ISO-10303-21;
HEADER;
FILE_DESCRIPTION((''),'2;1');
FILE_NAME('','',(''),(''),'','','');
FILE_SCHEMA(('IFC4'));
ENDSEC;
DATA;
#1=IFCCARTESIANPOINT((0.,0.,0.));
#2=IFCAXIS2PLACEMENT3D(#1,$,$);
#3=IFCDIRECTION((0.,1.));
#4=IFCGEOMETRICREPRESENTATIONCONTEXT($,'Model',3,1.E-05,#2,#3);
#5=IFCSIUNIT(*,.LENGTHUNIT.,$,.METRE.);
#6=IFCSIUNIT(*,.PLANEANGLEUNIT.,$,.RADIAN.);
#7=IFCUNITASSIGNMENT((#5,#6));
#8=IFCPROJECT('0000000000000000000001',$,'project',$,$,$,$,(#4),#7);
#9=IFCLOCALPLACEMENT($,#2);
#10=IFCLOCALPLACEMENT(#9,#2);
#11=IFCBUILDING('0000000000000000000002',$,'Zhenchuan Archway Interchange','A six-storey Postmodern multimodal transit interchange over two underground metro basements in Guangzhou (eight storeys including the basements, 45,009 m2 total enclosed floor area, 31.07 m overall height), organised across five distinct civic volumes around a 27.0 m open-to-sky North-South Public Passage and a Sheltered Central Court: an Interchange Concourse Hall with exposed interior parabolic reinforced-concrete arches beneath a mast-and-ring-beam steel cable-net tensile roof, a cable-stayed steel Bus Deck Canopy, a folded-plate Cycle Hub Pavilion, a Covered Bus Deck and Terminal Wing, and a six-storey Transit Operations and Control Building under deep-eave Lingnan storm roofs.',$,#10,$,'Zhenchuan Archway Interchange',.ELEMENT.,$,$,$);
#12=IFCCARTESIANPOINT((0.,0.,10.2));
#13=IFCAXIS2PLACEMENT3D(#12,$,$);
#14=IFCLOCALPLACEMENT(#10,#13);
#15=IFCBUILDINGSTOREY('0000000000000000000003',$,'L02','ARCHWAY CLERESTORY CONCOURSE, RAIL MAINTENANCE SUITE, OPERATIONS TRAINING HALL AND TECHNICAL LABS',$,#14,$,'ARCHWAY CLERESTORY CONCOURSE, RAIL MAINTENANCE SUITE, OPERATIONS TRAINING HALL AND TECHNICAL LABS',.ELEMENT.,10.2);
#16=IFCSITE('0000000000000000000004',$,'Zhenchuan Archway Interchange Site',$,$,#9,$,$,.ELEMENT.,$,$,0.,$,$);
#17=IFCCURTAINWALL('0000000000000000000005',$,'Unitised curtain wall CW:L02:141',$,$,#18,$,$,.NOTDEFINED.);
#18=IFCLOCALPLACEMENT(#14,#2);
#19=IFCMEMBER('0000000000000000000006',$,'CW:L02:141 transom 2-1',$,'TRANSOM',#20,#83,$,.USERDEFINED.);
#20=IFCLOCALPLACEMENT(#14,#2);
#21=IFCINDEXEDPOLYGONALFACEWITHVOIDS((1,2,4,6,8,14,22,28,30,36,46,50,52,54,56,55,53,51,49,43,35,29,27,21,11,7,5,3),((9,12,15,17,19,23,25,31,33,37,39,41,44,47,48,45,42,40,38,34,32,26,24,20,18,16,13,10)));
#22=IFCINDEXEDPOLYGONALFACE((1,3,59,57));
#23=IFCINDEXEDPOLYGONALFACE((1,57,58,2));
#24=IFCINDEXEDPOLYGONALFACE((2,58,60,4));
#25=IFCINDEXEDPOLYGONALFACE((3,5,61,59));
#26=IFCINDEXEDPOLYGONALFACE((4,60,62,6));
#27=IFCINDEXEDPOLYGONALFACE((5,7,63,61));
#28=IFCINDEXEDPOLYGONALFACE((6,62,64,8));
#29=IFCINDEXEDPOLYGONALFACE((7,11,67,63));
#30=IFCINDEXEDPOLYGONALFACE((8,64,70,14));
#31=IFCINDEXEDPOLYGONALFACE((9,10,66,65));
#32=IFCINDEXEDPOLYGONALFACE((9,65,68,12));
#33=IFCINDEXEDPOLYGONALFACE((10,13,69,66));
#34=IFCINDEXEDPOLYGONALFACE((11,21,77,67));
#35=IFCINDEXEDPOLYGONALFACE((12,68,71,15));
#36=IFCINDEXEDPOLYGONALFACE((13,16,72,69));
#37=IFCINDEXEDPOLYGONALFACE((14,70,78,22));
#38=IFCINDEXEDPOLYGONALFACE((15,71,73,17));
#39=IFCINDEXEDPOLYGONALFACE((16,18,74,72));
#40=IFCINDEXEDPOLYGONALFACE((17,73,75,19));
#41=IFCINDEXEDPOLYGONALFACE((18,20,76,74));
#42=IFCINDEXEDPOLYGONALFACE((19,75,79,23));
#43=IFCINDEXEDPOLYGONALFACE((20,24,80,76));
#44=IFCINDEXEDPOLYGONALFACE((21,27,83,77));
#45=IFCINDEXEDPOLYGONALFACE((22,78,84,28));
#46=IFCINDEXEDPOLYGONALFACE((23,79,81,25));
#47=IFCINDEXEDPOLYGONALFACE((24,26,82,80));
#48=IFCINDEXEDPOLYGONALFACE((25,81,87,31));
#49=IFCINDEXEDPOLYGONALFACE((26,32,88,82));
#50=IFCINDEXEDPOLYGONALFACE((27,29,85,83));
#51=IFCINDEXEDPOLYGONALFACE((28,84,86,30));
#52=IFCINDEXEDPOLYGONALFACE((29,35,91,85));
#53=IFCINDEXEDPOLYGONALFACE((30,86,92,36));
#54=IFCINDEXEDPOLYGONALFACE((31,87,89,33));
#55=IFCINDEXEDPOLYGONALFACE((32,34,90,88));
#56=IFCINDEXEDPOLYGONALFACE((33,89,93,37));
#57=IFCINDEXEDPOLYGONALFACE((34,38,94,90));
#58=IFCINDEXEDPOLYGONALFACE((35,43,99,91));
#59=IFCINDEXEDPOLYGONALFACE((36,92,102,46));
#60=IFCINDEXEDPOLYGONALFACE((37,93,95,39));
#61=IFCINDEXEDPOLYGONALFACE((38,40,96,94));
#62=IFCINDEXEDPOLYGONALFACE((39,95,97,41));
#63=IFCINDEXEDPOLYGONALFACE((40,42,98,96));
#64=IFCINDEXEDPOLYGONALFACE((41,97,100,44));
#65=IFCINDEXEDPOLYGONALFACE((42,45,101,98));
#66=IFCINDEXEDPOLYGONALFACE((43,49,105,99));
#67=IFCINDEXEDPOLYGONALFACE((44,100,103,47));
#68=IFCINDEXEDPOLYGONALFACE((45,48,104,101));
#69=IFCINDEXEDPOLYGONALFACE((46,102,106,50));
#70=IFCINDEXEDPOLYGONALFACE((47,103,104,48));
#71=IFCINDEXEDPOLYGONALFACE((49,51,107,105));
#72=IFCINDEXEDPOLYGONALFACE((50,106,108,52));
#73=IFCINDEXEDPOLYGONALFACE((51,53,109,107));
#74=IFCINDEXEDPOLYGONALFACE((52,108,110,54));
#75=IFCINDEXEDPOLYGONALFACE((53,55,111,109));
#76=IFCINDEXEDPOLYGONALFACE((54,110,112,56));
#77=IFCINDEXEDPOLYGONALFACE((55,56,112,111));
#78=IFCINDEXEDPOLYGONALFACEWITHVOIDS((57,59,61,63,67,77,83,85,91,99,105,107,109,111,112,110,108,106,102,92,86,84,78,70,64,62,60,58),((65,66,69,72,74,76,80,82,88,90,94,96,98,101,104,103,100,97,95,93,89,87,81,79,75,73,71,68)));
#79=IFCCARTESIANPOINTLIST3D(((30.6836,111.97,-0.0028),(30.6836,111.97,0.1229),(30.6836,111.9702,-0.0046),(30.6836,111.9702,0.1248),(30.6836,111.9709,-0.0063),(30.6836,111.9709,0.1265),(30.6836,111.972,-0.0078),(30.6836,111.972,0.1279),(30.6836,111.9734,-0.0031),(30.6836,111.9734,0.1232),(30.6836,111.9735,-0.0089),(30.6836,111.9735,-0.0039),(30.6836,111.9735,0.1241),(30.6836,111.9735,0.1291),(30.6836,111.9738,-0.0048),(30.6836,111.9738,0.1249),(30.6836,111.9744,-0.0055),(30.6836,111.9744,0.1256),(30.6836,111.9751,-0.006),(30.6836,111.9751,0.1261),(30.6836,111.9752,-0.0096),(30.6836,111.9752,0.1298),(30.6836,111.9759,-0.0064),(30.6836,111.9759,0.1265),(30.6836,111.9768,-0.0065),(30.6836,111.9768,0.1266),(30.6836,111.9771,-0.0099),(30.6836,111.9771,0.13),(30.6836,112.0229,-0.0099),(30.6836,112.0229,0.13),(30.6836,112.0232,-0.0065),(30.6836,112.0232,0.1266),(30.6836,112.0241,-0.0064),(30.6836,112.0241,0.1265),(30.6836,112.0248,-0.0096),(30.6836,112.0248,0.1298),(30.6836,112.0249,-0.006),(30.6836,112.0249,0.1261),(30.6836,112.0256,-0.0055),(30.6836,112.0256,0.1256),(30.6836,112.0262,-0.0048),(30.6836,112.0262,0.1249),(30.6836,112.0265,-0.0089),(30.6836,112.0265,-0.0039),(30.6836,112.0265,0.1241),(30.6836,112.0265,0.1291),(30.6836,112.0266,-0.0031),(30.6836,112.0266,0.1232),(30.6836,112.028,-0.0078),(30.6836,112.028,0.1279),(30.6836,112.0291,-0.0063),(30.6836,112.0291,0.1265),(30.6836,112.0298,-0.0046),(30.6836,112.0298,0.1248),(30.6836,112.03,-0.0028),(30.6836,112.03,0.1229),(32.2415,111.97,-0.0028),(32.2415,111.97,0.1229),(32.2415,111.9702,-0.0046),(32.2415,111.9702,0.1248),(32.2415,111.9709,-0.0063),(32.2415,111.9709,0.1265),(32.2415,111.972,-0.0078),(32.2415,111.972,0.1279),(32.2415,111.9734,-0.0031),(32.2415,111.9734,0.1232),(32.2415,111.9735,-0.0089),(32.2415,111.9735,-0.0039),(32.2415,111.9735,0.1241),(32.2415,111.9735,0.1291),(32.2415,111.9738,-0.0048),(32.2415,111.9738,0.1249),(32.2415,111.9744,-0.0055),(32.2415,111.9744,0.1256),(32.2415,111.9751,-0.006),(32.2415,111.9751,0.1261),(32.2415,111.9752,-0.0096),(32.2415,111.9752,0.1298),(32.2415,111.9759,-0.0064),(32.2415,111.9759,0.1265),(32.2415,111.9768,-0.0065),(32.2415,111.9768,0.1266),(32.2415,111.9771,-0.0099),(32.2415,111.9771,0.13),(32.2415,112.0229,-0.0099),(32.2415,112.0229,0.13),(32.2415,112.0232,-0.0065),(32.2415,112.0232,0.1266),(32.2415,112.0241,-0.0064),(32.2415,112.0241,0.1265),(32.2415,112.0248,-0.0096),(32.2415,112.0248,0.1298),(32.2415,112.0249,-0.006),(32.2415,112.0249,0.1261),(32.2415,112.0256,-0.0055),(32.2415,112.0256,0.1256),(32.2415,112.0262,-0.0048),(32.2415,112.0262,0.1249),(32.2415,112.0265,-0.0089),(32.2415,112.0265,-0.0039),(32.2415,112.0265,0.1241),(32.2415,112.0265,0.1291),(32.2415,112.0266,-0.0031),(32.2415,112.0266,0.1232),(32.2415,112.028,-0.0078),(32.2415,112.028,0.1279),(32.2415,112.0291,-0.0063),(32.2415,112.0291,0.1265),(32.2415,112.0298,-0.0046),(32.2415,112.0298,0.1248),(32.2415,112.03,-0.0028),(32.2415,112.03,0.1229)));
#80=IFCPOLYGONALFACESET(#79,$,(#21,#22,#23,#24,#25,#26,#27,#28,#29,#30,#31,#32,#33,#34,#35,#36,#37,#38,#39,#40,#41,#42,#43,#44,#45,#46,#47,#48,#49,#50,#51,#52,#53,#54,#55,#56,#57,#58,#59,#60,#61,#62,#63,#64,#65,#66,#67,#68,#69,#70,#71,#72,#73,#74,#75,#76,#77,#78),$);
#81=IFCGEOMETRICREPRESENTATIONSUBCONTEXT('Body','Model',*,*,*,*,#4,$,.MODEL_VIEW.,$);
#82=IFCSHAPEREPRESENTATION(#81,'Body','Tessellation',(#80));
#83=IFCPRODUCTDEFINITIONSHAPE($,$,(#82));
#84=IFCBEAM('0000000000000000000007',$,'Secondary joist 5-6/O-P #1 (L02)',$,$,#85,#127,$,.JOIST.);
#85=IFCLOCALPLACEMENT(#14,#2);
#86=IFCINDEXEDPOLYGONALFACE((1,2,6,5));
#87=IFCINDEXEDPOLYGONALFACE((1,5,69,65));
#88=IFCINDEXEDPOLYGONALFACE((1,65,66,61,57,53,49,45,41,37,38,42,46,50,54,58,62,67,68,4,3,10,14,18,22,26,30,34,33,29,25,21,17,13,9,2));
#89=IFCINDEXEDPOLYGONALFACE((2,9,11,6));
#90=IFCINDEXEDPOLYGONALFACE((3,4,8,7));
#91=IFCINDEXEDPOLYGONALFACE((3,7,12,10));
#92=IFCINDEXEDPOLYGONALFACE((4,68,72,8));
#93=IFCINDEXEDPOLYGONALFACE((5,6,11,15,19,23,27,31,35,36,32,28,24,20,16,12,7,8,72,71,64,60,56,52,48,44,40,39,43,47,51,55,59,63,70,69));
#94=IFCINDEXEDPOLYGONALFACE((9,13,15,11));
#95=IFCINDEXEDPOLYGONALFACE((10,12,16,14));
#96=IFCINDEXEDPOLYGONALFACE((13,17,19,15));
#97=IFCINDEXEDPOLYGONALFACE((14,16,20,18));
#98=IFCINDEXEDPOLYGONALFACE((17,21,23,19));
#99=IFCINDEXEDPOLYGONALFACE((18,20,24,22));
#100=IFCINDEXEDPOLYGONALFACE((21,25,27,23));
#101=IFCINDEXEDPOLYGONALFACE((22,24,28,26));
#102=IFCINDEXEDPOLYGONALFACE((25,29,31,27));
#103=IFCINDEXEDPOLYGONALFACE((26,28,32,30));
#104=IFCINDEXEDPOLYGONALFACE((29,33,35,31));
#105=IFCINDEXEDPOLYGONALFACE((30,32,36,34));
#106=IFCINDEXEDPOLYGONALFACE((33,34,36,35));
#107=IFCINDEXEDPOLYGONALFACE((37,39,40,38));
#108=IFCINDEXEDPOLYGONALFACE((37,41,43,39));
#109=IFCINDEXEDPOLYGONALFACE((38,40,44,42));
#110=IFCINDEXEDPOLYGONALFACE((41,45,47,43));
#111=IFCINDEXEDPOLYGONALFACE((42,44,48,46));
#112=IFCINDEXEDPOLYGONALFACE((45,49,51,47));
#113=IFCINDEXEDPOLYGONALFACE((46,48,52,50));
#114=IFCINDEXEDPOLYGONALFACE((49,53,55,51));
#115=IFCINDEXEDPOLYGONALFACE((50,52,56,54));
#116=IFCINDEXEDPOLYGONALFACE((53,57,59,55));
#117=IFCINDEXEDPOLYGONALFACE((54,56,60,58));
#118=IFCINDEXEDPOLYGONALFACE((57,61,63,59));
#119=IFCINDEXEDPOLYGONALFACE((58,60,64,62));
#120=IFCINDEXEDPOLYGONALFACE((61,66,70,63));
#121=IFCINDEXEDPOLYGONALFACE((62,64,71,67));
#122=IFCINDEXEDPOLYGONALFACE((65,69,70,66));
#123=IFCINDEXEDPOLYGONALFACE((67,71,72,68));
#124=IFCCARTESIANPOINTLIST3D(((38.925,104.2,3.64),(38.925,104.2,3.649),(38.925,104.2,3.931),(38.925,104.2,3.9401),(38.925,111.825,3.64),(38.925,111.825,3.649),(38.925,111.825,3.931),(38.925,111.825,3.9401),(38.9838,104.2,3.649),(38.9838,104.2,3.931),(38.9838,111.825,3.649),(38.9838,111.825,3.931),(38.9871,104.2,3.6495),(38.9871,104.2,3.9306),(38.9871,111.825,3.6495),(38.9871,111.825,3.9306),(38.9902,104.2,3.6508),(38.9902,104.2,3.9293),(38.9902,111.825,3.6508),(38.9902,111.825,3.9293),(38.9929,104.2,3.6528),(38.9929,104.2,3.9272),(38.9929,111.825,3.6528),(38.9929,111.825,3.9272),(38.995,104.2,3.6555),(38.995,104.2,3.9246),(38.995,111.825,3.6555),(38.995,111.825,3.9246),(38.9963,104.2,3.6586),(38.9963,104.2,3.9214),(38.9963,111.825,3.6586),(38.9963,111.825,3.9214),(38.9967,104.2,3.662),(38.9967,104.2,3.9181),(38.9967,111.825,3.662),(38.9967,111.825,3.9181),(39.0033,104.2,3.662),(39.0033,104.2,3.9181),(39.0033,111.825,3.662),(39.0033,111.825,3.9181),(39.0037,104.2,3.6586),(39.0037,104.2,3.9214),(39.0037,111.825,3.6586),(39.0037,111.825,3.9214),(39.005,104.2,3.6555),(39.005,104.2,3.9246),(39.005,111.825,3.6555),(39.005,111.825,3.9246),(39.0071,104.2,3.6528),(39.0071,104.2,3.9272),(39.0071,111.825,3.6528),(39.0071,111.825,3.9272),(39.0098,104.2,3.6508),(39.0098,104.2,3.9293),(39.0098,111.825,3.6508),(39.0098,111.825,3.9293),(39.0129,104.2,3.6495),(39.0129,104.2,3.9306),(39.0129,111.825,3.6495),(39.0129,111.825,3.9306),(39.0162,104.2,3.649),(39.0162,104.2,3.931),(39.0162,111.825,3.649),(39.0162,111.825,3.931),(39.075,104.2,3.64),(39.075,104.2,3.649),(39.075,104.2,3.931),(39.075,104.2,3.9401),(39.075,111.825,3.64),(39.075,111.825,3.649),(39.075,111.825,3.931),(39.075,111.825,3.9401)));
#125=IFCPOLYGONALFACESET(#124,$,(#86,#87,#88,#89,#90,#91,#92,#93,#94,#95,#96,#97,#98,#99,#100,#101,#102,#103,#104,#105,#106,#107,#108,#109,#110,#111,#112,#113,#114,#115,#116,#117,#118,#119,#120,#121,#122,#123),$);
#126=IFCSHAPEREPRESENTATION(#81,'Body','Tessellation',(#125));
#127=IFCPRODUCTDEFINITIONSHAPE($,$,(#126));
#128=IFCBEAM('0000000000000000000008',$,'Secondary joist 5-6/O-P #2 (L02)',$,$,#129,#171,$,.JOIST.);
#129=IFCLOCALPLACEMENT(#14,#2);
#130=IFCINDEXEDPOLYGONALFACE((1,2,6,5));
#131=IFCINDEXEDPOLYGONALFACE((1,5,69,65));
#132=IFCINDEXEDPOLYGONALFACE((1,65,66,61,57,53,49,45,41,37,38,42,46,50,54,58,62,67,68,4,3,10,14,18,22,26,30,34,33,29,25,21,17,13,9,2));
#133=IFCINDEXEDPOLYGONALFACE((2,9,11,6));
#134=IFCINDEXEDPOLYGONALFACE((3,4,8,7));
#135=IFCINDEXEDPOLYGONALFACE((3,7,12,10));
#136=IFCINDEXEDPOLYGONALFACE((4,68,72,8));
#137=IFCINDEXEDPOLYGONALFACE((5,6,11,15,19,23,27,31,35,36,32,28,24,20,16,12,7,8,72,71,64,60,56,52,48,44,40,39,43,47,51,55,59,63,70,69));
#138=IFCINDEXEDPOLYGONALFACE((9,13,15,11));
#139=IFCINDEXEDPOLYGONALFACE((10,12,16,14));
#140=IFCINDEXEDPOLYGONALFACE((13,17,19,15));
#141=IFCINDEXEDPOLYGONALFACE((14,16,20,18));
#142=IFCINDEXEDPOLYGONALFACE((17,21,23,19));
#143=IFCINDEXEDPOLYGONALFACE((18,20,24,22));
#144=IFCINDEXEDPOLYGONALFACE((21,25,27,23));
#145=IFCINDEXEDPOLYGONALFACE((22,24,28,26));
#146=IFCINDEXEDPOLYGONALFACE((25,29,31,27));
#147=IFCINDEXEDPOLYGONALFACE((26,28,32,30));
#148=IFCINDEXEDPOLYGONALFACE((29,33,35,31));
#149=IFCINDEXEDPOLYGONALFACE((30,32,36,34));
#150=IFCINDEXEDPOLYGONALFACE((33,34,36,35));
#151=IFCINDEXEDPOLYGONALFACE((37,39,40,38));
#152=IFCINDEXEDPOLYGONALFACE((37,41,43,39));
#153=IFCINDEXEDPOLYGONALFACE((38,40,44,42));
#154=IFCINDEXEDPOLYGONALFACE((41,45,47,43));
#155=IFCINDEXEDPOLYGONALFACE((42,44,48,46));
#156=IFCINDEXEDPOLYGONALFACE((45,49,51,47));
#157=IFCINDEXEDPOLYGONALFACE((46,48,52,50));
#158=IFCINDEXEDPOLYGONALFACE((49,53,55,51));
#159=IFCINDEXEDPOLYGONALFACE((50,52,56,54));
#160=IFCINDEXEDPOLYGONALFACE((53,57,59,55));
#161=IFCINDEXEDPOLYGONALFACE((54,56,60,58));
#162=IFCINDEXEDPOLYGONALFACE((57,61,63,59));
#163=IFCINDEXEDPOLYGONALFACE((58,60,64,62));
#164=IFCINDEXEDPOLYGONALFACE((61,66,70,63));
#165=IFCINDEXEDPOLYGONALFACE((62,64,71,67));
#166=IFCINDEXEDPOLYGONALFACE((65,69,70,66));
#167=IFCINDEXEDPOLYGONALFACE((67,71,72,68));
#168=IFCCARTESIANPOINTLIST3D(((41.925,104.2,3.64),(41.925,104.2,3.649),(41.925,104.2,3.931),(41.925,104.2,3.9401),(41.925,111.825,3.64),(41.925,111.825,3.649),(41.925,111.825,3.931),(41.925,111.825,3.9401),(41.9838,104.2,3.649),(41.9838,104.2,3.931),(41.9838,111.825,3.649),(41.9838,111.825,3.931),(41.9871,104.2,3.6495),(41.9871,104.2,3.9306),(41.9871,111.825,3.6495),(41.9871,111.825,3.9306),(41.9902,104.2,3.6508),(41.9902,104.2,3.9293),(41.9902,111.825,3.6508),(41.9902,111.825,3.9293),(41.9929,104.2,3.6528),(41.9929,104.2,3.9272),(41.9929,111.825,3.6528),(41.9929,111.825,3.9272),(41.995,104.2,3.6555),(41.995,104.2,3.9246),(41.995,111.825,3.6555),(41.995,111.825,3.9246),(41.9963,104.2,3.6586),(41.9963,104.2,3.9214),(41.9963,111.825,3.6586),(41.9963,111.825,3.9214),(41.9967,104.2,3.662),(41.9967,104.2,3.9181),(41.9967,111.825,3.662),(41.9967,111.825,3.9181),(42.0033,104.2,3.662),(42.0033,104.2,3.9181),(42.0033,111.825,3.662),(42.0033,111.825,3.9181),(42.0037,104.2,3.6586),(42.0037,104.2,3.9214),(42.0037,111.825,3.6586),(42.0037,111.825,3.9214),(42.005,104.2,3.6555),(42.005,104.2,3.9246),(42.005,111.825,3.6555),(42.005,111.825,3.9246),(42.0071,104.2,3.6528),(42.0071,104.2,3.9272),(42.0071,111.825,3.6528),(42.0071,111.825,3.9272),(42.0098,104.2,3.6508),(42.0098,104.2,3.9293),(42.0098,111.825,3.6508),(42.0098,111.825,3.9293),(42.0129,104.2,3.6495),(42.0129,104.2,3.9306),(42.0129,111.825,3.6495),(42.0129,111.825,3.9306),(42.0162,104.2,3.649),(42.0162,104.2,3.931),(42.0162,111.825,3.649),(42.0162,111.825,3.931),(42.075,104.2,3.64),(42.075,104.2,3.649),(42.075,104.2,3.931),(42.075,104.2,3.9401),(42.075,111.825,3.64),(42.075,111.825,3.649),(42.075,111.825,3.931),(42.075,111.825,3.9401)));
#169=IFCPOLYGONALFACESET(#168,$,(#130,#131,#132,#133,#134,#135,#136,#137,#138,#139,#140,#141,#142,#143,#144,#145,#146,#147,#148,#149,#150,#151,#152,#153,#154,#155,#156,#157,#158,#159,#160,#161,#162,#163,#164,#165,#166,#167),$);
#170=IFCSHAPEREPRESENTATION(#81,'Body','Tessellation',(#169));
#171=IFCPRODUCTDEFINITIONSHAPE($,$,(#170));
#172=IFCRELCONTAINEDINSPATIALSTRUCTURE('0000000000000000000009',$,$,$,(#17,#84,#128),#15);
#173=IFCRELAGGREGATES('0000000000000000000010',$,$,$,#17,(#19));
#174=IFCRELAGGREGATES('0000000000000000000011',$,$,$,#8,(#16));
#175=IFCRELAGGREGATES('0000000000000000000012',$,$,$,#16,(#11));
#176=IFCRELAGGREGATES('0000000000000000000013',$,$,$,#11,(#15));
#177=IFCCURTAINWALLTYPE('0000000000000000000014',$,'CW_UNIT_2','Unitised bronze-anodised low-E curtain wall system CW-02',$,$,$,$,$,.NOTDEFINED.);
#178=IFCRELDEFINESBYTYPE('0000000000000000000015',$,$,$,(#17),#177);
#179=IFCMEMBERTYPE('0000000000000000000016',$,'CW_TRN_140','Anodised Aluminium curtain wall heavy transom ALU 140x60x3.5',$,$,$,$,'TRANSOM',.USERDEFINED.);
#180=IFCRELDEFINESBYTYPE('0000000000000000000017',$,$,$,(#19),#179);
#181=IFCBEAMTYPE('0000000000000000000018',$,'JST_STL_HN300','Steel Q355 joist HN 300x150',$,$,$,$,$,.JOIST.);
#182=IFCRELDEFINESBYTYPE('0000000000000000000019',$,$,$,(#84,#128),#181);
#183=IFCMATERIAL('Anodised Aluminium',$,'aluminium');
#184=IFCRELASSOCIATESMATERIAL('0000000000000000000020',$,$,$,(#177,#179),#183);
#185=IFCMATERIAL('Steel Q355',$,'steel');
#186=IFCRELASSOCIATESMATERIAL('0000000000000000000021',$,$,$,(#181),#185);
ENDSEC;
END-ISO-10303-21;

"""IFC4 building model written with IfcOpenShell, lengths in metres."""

from ifc_helpers import new_model, si_unit, direction, frame, origin, origin_2d, place, context, subcontext, project, spatial, hollow_rectangle, i_section, extrude, material, material_profile, profile_set, type_object, element, aggregate, save


model = new_model("IFC4")

# Units and contexts
model_context = context("Model", 3, precision=1e-05, world=origin(), true_north=direction((0.0, 1.0)))
body_context = subcontext(model_context, "Body", "Model", "MODEL_VIEW")
ifc_project = project(units=[si_unit("LENGTHUNIT", "METRE"), si_unit("PLANEANGLEUNIT", "RADIAN")], contexts=[model_context])

# Site, building, storey
site_placement = place(None, origin())
site = spatial("IfcSite", under=ifc_project, at=site_placement, Name="Zhenchuan Archway Interchange Site", CompositionType="ELEMENT", RefElevation=0.0)
building_placement = place(site_placement, origin())
building = spatial("IfcBuilding", under=site, at=building_placement, Name="Zhenchuan Archway Interchange", Description="A six-storey Postmodern multimodal transit interchange over two underground metro basements in Guangzhou (eight storeys including the basements, 45,009 m2 total enclosed floor area, 31.07 m overall height), organised across five distinct civic volumes around a 27.0 m open-to-sky North-South Public Passage and a Sheltered Central Court: an Interchange Concourse Hall with exposed interior parabolic reinforced-concrete arches beneath a mast-and-ring-beam steel cable-net tensile roof, a cable-stayed steel Bus Deck Canopy, a folded-plate Cycle Hub Pavilion, a Covered Bus Deck and Terminal Wing, and a six-storey Transit Operations and Control Building under deep-eave Lingnan storm roofs.", LongName="Zhenchuan Archway Interchange", CompositionType="ELEMENT")
storey_placement = place(building_placement, frame((0.0, 0.0, 10.2)))
storey = spatial("IfcBuildingStorey", under=building, at=storey_placement, Name="L02", Description="ARCHWAY CLERESTORY CONCOURSE, RAIL MAINTENANCE SUITE, OPERATIONS TRAINING HALL AND TECHNICAL LABS", LongName="ARCHWAY CLERESTORY CONCOURSE, RAIL MAINTENANCE SUITE, OPERATIONS TRAINING HALL AND TECHNICAL LABS", CompositionType="ELEMENT", Elevation=10.2)

# Curtain wall
ifc_material_1 = material(Name="Anodised Aluminium", Category="aluminium")
curtain_wall_type_1 = type_object("IfcCurtainWallType", Name="CW_UNIT_2", Description="Unitised bronze-anodised low-E curtain wall system CW-02", PredefinedType="NOTDEFINED", material=ifc_material_1)
curtain_wall_1_placement = place(storey_placement, origin())
curtain_wall_1 = element("IfcCurtainWall", 1, at=curtain_wall_1_placement, inside=storey, type_object=curtain_wall_type_1, Name="Unitised curtain wall CW:L02:141", PredefinedType="NOTDEFINED")

# Shared definitions
ifc_material_profile_1 = material_profile(ifc_material_1, hollow_rectangle(XDim=0.0601, YDim=0.1399, WallThickness=0.0034, InnerFilletRadius=0.0034, OuterFilletRadius=0.0071, at=origin_2d()), Name="ALU 140x60x3.5")
ifc_profile_set_1 = profile_set([ifc_material_profile_1], Name="Anodised Aluminium")
member_type_1 = type_object("IfcMemberType", Name="CW_TRN_140", Description="Anodised Aluminium curtain wall heavy transom ALU 140x60x3.5", ElementType="TRANSOM", PredefinedType="USERDEFINED", material=ifc_profile_set_1)

# Member
member_1_placement = place(storey_placement, frame((30.6836, 112.0, 0.0601), z_axis=(1.0, 0.0, 0.0), x_axis=(0.0, 1.0, 0.0)))
member_1 = element("IfcMember", 2, at=member_1_placement, type_object=member_type_1, Name="CW:L02:141 transom 2-1", ObjectType="TRANSOM", PredefinedType="USERDEFINED", context=body_context, shape_type="SweptSolid", body=[
    extrude(hollow_rectangle(XDim=0.0601, YDim=0.1399, WallThickness=0.0034, InnerFilletRadius=0.0034, OuterFilletRadius=0.0071, at=origin_2d()), origin(), (0.0, 0.0, 1.0), 1.5579),
])
aggregate(curtain_wall_1, [member_1])

# Beams
ifc_material_2 = material(Name="Steel Q355", Category="steel")
ifc_material_profile_2 = material_profile(ifc_material_2, i_section(OverallWidth=0.1499, OverallDepth=0.3, WebThickness=0.0066, FlangeThickness=0.009, FilletRadius=0.0129, at=origin_2d()), Name="HN 300x150")
ifc_profile_set_2 = profile_set([ifc_material_profile_2], Name="Steel Q355")
beam_type_1 = type_object("IfcBeamType", Name="JST_STL_HN300", Description="Steel Q355 joist HN 300x150", PredefinedType="JOIST", material=ifc_profile_set_2)
for number, where, z_axis, x_axis, name in (
    (3, (39.0, 104.2, 3.79), (0.0, 1.0, 0.0), (-1.0, 0.0, 0.0), "Secondary joist 5-6/O-P #1 (L02)"),
    (4, (42.0, 104.2, 3.79), (0.0, 1.0, 0.0), (-1.0, 0.0, 0.0), "Secondary joist 5-6/O-P #2 (L02)"),
):
    element("IfcBeam", number, at=place(storey_placement, frame(where, z_axis=z_axis, x_axis=x_axis)), inside=storey, type_object=beam_type_1, Name=name, PredefinedType="JOIST", context=body_context, shape_type="SweptSolid", body=[
        extrude(i_section(OverallWidth=0.1499, OverallDepth=0.3, WebThickness=0.0066, FlangeThickness=0.009, FilletRadius=0.0129, at=origin_2d()), origin(), (0.0, 0.0, 1.0), 7.625),
    ])

save(model, "model.ifc")
